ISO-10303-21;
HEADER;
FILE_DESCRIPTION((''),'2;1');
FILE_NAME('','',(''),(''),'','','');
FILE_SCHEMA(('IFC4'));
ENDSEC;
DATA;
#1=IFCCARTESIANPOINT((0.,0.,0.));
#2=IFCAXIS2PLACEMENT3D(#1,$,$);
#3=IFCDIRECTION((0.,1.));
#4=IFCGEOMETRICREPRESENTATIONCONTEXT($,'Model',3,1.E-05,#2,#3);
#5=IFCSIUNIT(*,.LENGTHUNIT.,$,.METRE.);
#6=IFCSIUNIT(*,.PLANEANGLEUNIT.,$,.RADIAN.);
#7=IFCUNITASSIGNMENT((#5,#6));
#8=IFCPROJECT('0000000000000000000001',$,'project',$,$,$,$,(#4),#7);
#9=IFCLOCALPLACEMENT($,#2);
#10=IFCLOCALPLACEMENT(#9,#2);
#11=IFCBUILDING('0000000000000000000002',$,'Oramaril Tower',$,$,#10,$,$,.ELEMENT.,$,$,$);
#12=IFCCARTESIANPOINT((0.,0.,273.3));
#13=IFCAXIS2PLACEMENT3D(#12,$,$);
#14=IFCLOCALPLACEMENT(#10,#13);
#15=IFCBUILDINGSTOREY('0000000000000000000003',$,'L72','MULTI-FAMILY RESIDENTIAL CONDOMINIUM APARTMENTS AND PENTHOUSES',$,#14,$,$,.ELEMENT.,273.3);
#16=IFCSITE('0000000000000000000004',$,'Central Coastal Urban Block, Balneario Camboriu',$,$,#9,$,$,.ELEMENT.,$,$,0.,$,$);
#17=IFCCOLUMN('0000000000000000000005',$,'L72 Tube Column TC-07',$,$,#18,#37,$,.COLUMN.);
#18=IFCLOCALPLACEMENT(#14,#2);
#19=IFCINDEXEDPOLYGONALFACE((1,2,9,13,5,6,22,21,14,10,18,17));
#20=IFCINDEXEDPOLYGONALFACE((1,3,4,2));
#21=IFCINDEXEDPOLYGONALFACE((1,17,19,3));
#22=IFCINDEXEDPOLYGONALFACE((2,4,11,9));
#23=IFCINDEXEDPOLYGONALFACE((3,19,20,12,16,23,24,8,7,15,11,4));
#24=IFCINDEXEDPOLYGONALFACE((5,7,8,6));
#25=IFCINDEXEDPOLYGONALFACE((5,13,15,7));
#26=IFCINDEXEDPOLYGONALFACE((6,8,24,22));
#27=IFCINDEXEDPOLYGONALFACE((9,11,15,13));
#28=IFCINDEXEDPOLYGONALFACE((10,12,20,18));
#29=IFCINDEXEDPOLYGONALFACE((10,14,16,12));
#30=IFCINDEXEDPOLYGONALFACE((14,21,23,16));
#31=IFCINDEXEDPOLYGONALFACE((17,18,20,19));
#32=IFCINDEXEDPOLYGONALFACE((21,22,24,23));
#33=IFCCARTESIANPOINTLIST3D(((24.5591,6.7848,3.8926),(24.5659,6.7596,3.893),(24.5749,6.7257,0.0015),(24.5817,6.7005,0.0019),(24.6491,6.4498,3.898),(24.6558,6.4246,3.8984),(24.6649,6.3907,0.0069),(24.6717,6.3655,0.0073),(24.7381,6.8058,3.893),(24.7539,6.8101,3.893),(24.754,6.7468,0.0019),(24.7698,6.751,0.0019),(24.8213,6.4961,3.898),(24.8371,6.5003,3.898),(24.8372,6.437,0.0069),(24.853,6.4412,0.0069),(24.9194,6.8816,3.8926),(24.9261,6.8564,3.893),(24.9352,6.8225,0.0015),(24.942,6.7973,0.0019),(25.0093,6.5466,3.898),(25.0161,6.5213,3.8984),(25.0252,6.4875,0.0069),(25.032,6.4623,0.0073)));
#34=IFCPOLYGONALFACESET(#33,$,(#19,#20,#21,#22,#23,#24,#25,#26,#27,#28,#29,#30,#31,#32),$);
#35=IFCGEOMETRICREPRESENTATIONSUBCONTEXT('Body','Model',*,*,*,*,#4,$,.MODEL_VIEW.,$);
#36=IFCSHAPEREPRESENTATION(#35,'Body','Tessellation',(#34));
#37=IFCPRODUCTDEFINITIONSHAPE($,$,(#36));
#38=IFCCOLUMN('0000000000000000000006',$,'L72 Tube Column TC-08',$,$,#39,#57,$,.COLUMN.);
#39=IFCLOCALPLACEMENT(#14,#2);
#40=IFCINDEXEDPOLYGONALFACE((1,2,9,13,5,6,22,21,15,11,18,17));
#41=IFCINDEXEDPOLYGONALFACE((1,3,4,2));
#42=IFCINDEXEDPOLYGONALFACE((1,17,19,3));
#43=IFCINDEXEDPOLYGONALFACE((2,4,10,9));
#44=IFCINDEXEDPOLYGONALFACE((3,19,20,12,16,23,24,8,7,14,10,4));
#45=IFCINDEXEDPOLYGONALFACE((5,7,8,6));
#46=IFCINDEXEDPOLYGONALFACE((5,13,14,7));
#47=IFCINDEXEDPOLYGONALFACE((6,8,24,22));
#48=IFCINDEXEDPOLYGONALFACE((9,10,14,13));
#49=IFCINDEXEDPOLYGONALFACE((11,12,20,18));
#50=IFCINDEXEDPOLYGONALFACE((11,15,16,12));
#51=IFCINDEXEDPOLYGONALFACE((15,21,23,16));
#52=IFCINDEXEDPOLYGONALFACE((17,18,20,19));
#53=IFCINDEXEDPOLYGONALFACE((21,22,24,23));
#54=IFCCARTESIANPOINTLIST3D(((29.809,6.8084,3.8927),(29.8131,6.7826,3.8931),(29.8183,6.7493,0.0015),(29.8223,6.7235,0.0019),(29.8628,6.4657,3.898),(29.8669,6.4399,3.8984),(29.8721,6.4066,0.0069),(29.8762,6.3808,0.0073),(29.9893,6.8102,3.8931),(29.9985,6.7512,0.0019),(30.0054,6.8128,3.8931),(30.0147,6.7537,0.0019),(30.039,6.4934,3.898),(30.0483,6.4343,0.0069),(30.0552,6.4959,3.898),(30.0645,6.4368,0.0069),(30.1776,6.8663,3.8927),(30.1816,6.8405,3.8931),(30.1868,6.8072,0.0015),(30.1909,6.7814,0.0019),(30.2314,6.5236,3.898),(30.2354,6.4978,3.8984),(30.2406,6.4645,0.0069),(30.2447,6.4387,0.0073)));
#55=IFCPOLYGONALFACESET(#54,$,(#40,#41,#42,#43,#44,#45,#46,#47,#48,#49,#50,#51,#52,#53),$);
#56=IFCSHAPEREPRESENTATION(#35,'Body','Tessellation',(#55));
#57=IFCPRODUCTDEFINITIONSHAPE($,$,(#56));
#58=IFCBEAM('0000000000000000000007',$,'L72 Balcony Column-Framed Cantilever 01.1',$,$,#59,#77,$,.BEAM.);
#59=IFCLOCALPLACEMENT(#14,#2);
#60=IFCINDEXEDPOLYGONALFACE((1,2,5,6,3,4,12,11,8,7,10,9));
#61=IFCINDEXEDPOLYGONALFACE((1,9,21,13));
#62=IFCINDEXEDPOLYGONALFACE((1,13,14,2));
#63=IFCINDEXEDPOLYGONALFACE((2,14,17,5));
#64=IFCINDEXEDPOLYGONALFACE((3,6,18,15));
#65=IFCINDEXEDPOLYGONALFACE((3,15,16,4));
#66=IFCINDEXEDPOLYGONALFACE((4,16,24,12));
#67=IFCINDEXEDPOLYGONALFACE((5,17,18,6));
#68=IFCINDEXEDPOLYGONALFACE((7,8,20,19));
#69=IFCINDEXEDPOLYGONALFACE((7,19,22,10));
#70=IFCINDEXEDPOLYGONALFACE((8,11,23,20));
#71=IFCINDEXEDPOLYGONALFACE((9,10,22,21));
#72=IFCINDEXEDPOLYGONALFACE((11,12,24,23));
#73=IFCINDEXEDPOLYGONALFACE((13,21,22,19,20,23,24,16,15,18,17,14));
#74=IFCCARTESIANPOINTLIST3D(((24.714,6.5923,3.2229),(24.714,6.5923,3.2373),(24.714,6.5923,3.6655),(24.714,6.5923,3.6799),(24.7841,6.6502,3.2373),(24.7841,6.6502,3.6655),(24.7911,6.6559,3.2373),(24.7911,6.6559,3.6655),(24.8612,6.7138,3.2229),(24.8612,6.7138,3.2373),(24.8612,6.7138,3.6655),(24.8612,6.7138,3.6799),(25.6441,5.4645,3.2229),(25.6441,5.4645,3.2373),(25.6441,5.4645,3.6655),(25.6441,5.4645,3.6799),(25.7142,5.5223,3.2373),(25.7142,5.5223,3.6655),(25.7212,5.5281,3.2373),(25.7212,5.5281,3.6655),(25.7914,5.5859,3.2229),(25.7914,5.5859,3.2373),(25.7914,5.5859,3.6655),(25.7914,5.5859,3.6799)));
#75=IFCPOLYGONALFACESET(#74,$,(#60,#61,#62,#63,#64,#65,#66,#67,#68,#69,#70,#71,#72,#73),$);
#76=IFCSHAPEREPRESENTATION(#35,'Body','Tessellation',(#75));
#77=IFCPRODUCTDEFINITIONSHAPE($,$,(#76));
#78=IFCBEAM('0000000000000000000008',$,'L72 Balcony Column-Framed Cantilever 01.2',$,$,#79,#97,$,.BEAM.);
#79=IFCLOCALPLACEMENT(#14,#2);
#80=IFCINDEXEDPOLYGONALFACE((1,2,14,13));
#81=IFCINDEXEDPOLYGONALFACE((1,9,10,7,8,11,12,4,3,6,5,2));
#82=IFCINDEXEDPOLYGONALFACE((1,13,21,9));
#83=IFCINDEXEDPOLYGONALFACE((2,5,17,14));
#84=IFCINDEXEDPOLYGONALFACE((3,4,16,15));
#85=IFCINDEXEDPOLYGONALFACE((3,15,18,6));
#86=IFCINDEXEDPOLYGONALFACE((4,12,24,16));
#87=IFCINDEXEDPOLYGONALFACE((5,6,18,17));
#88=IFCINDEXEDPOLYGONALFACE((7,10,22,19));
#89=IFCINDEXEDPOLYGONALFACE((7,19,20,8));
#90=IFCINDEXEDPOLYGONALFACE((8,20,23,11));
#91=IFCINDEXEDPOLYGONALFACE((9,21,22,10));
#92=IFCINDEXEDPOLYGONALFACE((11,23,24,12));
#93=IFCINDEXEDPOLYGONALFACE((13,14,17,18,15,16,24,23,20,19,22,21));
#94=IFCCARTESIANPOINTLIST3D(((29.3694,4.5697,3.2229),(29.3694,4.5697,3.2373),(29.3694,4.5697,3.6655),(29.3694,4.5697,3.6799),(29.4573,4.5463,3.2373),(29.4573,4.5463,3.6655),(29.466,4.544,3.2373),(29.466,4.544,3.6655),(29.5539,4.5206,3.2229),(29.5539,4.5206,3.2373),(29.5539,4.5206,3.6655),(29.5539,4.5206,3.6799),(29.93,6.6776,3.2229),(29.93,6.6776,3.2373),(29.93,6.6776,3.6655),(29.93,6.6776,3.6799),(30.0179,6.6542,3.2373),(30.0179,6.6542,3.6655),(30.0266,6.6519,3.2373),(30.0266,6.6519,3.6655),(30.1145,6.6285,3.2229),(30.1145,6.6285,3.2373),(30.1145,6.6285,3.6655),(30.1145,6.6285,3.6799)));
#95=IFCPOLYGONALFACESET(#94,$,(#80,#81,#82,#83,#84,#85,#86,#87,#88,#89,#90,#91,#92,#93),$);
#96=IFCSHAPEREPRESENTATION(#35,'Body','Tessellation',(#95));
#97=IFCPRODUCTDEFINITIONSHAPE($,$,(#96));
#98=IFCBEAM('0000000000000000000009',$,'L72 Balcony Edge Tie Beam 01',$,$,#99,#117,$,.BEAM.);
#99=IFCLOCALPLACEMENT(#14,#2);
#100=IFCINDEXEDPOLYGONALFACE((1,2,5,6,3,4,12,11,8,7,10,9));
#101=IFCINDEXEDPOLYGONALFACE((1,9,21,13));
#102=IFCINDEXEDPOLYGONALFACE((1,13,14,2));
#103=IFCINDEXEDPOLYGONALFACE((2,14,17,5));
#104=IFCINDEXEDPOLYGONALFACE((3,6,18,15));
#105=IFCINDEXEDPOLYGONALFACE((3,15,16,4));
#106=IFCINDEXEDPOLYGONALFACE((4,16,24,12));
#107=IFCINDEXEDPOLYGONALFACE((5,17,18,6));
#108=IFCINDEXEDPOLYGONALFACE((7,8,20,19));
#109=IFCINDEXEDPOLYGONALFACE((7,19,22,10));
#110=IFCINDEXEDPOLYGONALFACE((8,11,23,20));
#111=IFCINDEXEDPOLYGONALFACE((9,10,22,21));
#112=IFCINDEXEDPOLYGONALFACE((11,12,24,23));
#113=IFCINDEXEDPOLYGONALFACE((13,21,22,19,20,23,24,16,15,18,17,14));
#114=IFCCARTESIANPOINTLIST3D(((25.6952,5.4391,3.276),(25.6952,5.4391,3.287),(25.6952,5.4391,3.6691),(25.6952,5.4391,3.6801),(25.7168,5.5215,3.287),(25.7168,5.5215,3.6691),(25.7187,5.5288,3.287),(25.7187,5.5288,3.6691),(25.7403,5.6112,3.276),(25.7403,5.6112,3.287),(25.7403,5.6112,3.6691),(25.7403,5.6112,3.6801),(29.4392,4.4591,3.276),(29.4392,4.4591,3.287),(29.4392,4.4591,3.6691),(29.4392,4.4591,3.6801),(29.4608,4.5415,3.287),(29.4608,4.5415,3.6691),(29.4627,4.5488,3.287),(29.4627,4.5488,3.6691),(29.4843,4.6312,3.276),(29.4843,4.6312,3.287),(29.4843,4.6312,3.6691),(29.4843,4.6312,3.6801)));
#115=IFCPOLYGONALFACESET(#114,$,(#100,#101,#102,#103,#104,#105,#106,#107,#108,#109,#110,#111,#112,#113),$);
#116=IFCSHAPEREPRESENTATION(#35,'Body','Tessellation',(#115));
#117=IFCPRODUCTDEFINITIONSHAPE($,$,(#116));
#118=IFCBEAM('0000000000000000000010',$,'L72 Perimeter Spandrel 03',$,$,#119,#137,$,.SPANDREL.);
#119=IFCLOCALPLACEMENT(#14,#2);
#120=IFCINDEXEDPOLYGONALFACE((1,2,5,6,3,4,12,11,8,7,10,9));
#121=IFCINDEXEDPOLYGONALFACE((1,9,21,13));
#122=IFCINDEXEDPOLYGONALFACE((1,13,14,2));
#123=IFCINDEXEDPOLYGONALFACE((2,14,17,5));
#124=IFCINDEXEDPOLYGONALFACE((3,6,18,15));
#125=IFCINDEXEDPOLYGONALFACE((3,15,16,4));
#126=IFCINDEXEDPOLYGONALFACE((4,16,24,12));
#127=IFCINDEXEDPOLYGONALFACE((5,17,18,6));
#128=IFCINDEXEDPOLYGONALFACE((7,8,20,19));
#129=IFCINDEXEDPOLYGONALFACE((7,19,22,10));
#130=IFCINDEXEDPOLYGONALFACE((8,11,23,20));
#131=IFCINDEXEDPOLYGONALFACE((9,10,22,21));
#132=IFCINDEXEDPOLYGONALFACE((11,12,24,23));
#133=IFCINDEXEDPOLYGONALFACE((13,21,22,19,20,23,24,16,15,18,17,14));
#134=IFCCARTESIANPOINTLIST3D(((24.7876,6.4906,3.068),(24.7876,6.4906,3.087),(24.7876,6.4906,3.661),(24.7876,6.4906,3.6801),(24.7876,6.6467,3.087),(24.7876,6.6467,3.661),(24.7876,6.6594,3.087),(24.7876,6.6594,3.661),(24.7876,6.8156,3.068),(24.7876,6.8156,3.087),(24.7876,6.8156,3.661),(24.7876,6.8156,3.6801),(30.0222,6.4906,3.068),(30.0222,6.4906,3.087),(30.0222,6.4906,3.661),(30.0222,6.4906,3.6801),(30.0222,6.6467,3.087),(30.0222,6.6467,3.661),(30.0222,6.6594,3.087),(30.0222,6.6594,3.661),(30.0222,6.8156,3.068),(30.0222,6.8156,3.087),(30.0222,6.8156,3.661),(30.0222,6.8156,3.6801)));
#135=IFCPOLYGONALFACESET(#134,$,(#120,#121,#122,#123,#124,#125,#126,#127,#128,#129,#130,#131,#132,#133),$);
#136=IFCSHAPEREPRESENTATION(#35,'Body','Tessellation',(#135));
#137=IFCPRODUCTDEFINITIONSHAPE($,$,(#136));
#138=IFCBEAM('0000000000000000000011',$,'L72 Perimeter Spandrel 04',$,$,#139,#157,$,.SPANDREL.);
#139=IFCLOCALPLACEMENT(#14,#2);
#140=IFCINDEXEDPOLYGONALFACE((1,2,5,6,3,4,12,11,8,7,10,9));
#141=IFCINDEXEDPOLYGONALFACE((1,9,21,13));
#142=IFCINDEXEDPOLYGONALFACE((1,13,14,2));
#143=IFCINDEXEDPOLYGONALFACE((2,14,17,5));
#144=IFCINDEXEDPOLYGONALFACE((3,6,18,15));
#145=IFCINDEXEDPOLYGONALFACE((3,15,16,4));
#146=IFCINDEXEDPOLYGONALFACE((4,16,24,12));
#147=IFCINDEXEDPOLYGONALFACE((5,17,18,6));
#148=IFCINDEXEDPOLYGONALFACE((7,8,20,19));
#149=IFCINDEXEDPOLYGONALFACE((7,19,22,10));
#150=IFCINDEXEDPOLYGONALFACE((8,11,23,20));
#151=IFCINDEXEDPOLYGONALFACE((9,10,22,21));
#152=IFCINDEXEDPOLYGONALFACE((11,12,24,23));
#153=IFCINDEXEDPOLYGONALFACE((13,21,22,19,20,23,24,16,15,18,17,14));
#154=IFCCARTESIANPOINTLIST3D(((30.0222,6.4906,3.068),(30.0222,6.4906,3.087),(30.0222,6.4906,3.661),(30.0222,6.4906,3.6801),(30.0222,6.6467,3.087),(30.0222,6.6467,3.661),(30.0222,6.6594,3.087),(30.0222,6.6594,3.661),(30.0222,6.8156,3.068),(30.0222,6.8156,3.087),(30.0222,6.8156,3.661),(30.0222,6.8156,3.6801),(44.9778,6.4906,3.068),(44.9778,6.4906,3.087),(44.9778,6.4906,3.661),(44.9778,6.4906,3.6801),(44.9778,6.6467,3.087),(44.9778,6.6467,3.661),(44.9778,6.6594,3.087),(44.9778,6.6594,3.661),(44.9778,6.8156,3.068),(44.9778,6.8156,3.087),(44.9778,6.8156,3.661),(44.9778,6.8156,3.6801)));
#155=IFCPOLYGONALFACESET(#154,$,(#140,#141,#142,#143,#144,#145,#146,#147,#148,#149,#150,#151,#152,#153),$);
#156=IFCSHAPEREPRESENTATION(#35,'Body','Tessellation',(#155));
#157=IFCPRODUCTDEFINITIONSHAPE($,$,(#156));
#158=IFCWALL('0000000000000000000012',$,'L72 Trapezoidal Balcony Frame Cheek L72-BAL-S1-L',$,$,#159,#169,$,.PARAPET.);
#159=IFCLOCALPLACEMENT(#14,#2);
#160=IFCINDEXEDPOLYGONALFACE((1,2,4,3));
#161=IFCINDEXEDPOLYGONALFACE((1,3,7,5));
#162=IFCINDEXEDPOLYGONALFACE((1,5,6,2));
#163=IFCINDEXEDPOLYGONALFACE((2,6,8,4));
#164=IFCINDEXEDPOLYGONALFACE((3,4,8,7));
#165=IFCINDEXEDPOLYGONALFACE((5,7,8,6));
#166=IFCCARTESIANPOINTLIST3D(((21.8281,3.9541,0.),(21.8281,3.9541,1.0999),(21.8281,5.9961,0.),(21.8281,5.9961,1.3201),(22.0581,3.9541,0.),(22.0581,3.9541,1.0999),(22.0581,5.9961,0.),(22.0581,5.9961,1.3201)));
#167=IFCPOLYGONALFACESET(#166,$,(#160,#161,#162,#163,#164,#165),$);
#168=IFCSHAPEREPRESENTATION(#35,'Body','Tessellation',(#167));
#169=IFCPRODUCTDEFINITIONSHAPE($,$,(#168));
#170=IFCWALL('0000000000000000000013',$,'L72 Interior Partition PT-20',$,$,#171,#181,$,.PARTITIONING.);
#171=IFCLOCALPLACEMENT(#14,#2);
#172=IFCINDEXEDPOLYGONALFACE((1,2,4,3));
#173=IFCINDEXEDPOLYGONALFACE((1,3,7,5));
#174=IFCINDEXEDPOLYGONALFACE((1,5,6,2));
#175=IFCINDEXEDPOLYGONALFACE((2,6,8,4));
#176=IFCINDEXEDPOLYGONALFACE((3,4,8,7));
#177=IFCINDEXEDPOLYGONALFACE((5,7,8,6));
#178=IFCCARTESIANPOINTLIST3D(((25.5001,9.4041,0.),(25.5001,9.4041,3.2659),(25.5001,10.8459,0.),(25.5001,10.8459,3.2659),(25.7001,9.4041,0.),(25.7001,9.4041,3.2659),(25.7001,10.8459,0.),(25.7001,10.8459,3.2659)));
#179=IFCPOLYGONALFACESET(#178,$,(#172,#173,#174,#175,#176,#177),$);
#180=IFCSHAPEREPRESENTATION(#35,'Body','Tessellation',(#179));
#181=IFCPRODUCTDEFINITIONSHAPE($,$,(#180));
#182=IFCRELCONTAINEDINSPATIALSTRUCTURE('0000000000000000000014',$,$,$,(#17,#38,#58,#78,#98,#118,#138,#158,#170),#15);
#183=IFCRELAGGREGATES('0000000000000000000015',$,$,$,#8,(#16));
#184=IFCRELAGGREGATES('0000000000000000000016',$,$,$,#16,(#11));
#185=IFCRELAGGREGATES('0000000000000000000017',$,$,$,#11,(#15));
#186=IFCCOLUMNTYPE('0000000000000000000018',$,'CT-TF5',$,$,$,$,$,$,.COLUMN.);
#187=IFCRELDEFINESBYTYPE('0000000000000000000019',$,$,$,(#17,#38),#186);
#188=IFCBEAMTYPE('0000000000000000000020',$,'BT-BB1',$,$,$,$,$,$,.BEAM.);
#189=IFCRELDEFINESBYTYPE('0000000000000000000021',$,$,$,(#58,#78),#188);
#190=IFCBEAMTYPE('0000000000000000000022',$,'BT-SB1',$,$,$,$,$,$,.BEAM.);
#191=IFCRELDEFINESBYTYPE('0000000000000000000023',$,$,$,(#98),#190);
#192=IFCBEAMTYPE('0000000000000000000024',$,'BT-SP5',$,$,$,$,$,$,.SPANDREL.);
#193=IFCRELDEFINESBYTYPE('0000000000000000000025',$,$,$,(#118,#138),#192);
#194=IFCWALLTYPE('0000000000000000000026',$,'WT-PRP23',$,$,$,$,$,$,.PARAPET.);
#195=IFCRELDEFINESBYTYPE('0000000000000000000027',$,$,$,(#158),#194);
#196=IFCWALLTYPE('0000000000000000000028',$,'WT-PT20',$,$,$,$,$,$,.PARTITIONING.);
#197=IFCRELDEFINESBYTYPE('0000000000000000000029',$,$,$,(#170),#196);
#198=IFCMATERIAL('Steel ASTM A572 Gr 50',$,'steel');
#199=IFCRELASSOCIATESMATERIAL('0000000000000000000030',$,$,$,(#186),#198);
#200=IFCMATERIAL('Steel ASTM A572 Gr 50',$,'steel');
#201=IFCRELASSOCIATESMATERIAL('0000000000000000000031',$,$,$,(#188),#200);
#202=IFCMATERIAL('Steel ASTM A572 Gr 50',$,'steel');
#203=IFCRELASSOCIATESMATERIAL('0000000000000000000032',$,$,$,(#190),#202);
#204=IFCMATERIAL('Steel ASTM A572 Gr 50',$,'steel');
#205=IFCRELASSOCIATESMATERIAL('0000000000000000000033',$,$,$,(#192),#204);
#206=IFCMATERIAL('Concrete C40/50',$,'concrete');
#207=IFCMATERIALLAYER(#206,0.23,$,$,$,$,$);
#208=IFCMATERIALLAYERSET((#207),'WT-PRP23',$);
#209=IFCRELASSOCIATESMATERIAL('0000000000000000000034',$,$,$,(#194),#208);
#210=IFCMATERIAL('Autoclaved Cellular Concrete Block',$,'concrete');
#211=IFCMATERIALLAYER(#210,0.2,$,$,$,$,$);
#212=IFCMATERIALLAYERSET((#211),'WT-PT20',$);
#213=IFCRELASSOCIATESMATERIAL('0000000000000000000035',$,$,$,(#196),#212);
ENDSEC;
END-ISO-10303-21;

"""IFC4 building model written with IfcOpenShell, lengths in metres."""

from ifc_helpers import new_model, si_unit, direction, frame, frame_2d, origin, origin_2d, place, context, subcontext, project, spatial, polyline, rectangle, i_section, outline, extrude, material, layer, layer_set, material_profile, profile_set, type_object, element, save


model = new_model("IFC4")

# Units and contexts
model_context = context("Model", 3, precision=1e-05, world=origin(), true_north=direction((0.0, 1.0)))
body_context = subcontext(model_context, "Body", "Model", "MODEL_VIEW")
ifc_project = project(units=[si_unit("LENGTHUNIT", "METRE"), si_unit("PLANEANGLEUNIT", "RADIAN")], contexts=[model_context])

# Site, building, storey
site_placement = place(None, origin())
site = spatial("IfcSite", under=ifc_project, at=site_placement, Name="Central Coastal Urban Block, Balneario Camboriu", CompositionType="ELEMENT", RefElevation=0.0)
building_placement = place(site_placement, origin())
building = spatial("IfcBuilding", under=site, at=building_placement, Name="Oramaril Tower", CompositionType="ELEMENT")
storey_placement = place(building_placement, frame((0.0, 0.0, 273.3)))
storey = spatial("IfcBuildingStorey", under=building, at=storey_placement, Name="L72", Description="MULTI-FAMILY RESIDENTIAL CONDOMINIUM APARTMENTS AND PENTHOUSES", CompositionType="ELEMENT", Elevation=273.3)

# Columns
ifc_material_1 = material(Name="Steel ASTM A572 Gr 50", Category="steel")
ifc_material_profile_1 = material_profile(ifc_material_1, i_section(OverallWidth=0.373, OverallDepth=0.373, WebThickness=0.0164, FlangeThickness=0.0261, at=origin_2d()), Name="W14X132")
ifc_profile_set_1 = profile_set([ifc_material_profile_1], Name="Steel ASTM A572 Gr 50")
column_type = type_object("IfcColumnType", Name="CT-TF5", PredefinedType="COLUMN", material=ifc_profile_set_1)
for number, where, z_axis, x_axis, name in (
    (1, (24.8035, 6.594, 0.0044), (-0.004078, 0.015182, 0.999876), (-0.96577, -0.259401, 0.0), "L72 Tube Column TC-07"),
    (2, (30.0315, 6.594, 0.0044), (-0.002384, 0.015182, 0.999882), (-0.987895, -0.155124, 0.0), "L72 Tube Column TC-08"),
):
    element("IfcColumn", number, at=place(storey_placement, frame(where, z_axis=z_axis, x_axis=x_axis)), inside=storey, type_object=column_type, Name=name, PredefinedType="COLUMN", context=body_context, shape_type="SweptSolid", body=[
        extrude(i_section(OverallWidth=0.373, OverallDepth=0.373, WebThickness=0.0164, FlangeThickness=0.0261, at=origin_2d()), origin(), (0.0, 0.0, 1.0), 3.8916),
    ])

# Beams
ifc_material_2 = material(Name="Steel ASTM A572 Gr 50", Category="steel")
ifc_material_profile_2 = material_profile(ifc_material_2, i_section(OverallWidth=0.1909, OverallDepth=0.457, WebThickness=0.009, FlangeThickness=0.0144, at=origin_2d()), Name="W18X50")
ifc_profile_set_2 = profile_set([ifc_material_profile_2], Name="Steel ASTM A572 Gr 50")
beam_type_1 = type_object("IfcBeamType", Name="BT-BB1", PredefinedType="BEAM", material=ifc_profile_set_2)
beam_1_placement = place(storey_placement, frame((24.7876, 6.6531, 3.4514), z_axis=(0.636234, -0.771496, 0.0), x_axis=(0.771496, 0.636234, 0.0)))
element("IfcBeam", 3, at=beam_1_placement, inside=storey, type_object=beam_type_1, Name="L72 Balcony Column-Framed Cantilever 01.1", PredefinedType="BEAM", context=body_context, shape_type="SweptSolid", body=[
    extrude(i_section(OverallWidth=0.1909, OverallDepth=0.457, WebThickness=0.009, FlangeThickness=0.0144, at=origin_2d()), origin(), (0.0, 0.0, 1.0), 1.4619),
])
beam_2_placement = place(storey_placement, frame((30.0222, 6.6531, 3.4514), z_axis=(-0.256994, -0.966413, 0.0), x_axis=(0.966413, -0.256994, 0.0)))
element("IfcBeam", 4, at=beam_2_placement, inside=storey, type_object=beam_type_1, Name="L72 Balcony Column-Framed Cantilever 01.2", PredefinedType="BEAM", context=body_context, shape_type="SweptSolid", body=[
    extrude(i_section(OverallWidth=0.1909, OverallDepth=0.457, WebThickness=0.009, FlangeThickness=0.0144, at=origin_2d()), origin(), (0.0, 0.0, 1.0), 2.1812),
])
ifc_material_3 = material(Name="Steel ASTM A572 Gr 50", Category="steel")
ifc_material_profile_3 = material_profile(ifc_material_3, i_section(OverallWidth=0.178, OverallDepth=0.4041, WebThickness=0.0076, FlangeThickness=0.011, at=origin_2d()), Name="W16X36")
ifc_profile_set_3 = profile_set([ifc_material_profile_3], Name="Steel ASTM A572 Gr 50")
beam_type_2 = type_object("IfcBeamType", Name="BT-SB1", PredefinedType="BEAM", material=ifc_profile_set_3)
beam_3_placement = place(storey_placement, frame((25.7178, 5.5251, 3.478), z_axis=(0.967408, -0.253223, 0.0), x_axis=(0.253223, 0.967408, 0.0)))
element("IfcBeam", 5, at=beam_3_placement, inside=storey, type_object=beam_type_2, Name="L72 Balcony Edge Tie Beam 01", PredefinedType="BEAM", context=body_context, shape_type="SweptSolid", body=[
    extrude(i_section(OverallWidth=0.178, OverallDepth=0.4041, WebThickness=0.0076, FlangeThickness=0.011, at=origin_2d()), origin(), (0.0, 0.0, 1.0), 3.8701),
])
ifc_material_4 = material(Name="Steel ASTM A572 Gr 50", Category="steel")
ifc_material_profile_4 = material_profile(ifc_material_4, i_section(OverallWidth=0.325, OverallDepth=0.6121, WebThickness=0.0127, FlangeThickness=0.019, at=origin_2d()), Name="W24X104")
ifc_profile_set_4 = profile_set([ifc_material_profile_4], Name="Steel ASTM A572 Gr 50")
beam_type_3 = type_object("IfcBeamType", Name="BT-SP5", PredefinedType="SPANDREL", material=ifc_profile_set_4)
beam_4_placement = place(storey_placement, frame((24.7876, 6.6531, 3.374), z_axis=(1.0, 0.0, 0.0), x_axis=(0.0, 1.0, 0.0)))
element("IfcBeam", 6, at=beam_4_placement, inside=storey, type_object=beam_type_3, Name="L72 Perimeter Spandrel 03", PredefinedType="SPANDREL", context=body_context, shape_type="SweptSolid", body=[
    extrude(i_section(OverallWidth=0.325, OverallDepth=0.6121, WebThickness=0.0127, FlangeThickness=0.019, at=origin_2d()), origin(), (0.0, 0.0, 1.0), 5.2346),
])
beam_5_placement = place(storey_placement, frame((30.0222, 6.6531, 3.374), z_axis=(1.0, 0.0, 0.0), x_axis=(0.0, 1.0, 0.0)))
element("IfcBeam", 7, at=beam_5_placement, inside=storey, type_object=beam_type_3, Name="L72 Perimeter Spandrel 04", PredefinedType="SPANDREL", context=body_context, shape_type="SweptSolid", body=[
    extrude(i_section(OverallWidth=0.325, OverallDepth=0.6121, WebThickness=0.0127, FlangeThickness=0.019, at=origin_2d()), origin(), (0.0, 0.0, 1.0), 14.9556),
])

# Wall
ifc_material_5 = material(Name="Concrete C40/50", Category="concrete")
ifc_layer_1 = layer(ifc_material_5, 0.23)
ifc_layer_set_1 = layer_set([ifc_layer_1], Name="WT-PRP23")
wall_type_1 = type_object("IfcWallType", Name="WT-PRP23", PredefinedType="PARAPET", material=ifc_layer_set_1)
wall_1_placement = place(storey_placement, frame((21.9431, 5.9961, 0.0), z_axis=(0.0, 0.0, 1.0), x_axis=(0.0, -1.0, 0.0)))
element("IfcWall", 8, at=wall_1_placement, inside=storey, type_object=wall_type_1, Name="L72 Trapezoidal Balcony Frame Cheek L72-BAL-S1-L", PredefinedType="PARAPET", context=body_context, shape_type="SweptSolid", body=[
    extrude(outline(polyline([(0.0, 0.0), (2.042, 0.0), (2.042, 1.0999), (0.0, 1.3201), (0.0, 0.0)])), frame((0.0, 0.115, 0.0), z_axis=(0.0, -1.0, 0.0), x_axis=(1.0, 0.0, 0.0)), (0.0, 0.0, 1.0), 0.23),
])

# Shared definitions
ifc_material_6 = material(Name="Autoclaved Cellular Concrete Block", Category="concrete")
ifc_layer_2 = layer(ifc_material_6, 0.2)
ifc_layer_set_2 = layer_set([ifc_layer_2], Name="WT-PT20")
wall_type_2 = type_object("IfcWallType", Name="WT-PT20", PredefinedType="PARTITIONING", material=ifc_layer_set_2)

# Wall
wall_2_placement = place(storey_placement, frame((25.6001, 9.4041, 0.0), z_axis=(0.0, 0.0, 1.0), x_axis=(0.0, 1.0, 0.0)))
element("IfcWall", 9, at=wall_2_placement, inside=storey, type_object=wall_type_2, Name="L72 Interior Partition PT-20", PredefinedType="PARTITIONING", context=body_context, shape_type="SweptSolid", body=[
    extrude(rectangle(XDim=1.4419, YDim=0.2, at=frame_2d((0.7209, 0.0))), origin(), (0.0, 0.0, 1.0), 3.2659),
])

save(model, "model.ifc")
